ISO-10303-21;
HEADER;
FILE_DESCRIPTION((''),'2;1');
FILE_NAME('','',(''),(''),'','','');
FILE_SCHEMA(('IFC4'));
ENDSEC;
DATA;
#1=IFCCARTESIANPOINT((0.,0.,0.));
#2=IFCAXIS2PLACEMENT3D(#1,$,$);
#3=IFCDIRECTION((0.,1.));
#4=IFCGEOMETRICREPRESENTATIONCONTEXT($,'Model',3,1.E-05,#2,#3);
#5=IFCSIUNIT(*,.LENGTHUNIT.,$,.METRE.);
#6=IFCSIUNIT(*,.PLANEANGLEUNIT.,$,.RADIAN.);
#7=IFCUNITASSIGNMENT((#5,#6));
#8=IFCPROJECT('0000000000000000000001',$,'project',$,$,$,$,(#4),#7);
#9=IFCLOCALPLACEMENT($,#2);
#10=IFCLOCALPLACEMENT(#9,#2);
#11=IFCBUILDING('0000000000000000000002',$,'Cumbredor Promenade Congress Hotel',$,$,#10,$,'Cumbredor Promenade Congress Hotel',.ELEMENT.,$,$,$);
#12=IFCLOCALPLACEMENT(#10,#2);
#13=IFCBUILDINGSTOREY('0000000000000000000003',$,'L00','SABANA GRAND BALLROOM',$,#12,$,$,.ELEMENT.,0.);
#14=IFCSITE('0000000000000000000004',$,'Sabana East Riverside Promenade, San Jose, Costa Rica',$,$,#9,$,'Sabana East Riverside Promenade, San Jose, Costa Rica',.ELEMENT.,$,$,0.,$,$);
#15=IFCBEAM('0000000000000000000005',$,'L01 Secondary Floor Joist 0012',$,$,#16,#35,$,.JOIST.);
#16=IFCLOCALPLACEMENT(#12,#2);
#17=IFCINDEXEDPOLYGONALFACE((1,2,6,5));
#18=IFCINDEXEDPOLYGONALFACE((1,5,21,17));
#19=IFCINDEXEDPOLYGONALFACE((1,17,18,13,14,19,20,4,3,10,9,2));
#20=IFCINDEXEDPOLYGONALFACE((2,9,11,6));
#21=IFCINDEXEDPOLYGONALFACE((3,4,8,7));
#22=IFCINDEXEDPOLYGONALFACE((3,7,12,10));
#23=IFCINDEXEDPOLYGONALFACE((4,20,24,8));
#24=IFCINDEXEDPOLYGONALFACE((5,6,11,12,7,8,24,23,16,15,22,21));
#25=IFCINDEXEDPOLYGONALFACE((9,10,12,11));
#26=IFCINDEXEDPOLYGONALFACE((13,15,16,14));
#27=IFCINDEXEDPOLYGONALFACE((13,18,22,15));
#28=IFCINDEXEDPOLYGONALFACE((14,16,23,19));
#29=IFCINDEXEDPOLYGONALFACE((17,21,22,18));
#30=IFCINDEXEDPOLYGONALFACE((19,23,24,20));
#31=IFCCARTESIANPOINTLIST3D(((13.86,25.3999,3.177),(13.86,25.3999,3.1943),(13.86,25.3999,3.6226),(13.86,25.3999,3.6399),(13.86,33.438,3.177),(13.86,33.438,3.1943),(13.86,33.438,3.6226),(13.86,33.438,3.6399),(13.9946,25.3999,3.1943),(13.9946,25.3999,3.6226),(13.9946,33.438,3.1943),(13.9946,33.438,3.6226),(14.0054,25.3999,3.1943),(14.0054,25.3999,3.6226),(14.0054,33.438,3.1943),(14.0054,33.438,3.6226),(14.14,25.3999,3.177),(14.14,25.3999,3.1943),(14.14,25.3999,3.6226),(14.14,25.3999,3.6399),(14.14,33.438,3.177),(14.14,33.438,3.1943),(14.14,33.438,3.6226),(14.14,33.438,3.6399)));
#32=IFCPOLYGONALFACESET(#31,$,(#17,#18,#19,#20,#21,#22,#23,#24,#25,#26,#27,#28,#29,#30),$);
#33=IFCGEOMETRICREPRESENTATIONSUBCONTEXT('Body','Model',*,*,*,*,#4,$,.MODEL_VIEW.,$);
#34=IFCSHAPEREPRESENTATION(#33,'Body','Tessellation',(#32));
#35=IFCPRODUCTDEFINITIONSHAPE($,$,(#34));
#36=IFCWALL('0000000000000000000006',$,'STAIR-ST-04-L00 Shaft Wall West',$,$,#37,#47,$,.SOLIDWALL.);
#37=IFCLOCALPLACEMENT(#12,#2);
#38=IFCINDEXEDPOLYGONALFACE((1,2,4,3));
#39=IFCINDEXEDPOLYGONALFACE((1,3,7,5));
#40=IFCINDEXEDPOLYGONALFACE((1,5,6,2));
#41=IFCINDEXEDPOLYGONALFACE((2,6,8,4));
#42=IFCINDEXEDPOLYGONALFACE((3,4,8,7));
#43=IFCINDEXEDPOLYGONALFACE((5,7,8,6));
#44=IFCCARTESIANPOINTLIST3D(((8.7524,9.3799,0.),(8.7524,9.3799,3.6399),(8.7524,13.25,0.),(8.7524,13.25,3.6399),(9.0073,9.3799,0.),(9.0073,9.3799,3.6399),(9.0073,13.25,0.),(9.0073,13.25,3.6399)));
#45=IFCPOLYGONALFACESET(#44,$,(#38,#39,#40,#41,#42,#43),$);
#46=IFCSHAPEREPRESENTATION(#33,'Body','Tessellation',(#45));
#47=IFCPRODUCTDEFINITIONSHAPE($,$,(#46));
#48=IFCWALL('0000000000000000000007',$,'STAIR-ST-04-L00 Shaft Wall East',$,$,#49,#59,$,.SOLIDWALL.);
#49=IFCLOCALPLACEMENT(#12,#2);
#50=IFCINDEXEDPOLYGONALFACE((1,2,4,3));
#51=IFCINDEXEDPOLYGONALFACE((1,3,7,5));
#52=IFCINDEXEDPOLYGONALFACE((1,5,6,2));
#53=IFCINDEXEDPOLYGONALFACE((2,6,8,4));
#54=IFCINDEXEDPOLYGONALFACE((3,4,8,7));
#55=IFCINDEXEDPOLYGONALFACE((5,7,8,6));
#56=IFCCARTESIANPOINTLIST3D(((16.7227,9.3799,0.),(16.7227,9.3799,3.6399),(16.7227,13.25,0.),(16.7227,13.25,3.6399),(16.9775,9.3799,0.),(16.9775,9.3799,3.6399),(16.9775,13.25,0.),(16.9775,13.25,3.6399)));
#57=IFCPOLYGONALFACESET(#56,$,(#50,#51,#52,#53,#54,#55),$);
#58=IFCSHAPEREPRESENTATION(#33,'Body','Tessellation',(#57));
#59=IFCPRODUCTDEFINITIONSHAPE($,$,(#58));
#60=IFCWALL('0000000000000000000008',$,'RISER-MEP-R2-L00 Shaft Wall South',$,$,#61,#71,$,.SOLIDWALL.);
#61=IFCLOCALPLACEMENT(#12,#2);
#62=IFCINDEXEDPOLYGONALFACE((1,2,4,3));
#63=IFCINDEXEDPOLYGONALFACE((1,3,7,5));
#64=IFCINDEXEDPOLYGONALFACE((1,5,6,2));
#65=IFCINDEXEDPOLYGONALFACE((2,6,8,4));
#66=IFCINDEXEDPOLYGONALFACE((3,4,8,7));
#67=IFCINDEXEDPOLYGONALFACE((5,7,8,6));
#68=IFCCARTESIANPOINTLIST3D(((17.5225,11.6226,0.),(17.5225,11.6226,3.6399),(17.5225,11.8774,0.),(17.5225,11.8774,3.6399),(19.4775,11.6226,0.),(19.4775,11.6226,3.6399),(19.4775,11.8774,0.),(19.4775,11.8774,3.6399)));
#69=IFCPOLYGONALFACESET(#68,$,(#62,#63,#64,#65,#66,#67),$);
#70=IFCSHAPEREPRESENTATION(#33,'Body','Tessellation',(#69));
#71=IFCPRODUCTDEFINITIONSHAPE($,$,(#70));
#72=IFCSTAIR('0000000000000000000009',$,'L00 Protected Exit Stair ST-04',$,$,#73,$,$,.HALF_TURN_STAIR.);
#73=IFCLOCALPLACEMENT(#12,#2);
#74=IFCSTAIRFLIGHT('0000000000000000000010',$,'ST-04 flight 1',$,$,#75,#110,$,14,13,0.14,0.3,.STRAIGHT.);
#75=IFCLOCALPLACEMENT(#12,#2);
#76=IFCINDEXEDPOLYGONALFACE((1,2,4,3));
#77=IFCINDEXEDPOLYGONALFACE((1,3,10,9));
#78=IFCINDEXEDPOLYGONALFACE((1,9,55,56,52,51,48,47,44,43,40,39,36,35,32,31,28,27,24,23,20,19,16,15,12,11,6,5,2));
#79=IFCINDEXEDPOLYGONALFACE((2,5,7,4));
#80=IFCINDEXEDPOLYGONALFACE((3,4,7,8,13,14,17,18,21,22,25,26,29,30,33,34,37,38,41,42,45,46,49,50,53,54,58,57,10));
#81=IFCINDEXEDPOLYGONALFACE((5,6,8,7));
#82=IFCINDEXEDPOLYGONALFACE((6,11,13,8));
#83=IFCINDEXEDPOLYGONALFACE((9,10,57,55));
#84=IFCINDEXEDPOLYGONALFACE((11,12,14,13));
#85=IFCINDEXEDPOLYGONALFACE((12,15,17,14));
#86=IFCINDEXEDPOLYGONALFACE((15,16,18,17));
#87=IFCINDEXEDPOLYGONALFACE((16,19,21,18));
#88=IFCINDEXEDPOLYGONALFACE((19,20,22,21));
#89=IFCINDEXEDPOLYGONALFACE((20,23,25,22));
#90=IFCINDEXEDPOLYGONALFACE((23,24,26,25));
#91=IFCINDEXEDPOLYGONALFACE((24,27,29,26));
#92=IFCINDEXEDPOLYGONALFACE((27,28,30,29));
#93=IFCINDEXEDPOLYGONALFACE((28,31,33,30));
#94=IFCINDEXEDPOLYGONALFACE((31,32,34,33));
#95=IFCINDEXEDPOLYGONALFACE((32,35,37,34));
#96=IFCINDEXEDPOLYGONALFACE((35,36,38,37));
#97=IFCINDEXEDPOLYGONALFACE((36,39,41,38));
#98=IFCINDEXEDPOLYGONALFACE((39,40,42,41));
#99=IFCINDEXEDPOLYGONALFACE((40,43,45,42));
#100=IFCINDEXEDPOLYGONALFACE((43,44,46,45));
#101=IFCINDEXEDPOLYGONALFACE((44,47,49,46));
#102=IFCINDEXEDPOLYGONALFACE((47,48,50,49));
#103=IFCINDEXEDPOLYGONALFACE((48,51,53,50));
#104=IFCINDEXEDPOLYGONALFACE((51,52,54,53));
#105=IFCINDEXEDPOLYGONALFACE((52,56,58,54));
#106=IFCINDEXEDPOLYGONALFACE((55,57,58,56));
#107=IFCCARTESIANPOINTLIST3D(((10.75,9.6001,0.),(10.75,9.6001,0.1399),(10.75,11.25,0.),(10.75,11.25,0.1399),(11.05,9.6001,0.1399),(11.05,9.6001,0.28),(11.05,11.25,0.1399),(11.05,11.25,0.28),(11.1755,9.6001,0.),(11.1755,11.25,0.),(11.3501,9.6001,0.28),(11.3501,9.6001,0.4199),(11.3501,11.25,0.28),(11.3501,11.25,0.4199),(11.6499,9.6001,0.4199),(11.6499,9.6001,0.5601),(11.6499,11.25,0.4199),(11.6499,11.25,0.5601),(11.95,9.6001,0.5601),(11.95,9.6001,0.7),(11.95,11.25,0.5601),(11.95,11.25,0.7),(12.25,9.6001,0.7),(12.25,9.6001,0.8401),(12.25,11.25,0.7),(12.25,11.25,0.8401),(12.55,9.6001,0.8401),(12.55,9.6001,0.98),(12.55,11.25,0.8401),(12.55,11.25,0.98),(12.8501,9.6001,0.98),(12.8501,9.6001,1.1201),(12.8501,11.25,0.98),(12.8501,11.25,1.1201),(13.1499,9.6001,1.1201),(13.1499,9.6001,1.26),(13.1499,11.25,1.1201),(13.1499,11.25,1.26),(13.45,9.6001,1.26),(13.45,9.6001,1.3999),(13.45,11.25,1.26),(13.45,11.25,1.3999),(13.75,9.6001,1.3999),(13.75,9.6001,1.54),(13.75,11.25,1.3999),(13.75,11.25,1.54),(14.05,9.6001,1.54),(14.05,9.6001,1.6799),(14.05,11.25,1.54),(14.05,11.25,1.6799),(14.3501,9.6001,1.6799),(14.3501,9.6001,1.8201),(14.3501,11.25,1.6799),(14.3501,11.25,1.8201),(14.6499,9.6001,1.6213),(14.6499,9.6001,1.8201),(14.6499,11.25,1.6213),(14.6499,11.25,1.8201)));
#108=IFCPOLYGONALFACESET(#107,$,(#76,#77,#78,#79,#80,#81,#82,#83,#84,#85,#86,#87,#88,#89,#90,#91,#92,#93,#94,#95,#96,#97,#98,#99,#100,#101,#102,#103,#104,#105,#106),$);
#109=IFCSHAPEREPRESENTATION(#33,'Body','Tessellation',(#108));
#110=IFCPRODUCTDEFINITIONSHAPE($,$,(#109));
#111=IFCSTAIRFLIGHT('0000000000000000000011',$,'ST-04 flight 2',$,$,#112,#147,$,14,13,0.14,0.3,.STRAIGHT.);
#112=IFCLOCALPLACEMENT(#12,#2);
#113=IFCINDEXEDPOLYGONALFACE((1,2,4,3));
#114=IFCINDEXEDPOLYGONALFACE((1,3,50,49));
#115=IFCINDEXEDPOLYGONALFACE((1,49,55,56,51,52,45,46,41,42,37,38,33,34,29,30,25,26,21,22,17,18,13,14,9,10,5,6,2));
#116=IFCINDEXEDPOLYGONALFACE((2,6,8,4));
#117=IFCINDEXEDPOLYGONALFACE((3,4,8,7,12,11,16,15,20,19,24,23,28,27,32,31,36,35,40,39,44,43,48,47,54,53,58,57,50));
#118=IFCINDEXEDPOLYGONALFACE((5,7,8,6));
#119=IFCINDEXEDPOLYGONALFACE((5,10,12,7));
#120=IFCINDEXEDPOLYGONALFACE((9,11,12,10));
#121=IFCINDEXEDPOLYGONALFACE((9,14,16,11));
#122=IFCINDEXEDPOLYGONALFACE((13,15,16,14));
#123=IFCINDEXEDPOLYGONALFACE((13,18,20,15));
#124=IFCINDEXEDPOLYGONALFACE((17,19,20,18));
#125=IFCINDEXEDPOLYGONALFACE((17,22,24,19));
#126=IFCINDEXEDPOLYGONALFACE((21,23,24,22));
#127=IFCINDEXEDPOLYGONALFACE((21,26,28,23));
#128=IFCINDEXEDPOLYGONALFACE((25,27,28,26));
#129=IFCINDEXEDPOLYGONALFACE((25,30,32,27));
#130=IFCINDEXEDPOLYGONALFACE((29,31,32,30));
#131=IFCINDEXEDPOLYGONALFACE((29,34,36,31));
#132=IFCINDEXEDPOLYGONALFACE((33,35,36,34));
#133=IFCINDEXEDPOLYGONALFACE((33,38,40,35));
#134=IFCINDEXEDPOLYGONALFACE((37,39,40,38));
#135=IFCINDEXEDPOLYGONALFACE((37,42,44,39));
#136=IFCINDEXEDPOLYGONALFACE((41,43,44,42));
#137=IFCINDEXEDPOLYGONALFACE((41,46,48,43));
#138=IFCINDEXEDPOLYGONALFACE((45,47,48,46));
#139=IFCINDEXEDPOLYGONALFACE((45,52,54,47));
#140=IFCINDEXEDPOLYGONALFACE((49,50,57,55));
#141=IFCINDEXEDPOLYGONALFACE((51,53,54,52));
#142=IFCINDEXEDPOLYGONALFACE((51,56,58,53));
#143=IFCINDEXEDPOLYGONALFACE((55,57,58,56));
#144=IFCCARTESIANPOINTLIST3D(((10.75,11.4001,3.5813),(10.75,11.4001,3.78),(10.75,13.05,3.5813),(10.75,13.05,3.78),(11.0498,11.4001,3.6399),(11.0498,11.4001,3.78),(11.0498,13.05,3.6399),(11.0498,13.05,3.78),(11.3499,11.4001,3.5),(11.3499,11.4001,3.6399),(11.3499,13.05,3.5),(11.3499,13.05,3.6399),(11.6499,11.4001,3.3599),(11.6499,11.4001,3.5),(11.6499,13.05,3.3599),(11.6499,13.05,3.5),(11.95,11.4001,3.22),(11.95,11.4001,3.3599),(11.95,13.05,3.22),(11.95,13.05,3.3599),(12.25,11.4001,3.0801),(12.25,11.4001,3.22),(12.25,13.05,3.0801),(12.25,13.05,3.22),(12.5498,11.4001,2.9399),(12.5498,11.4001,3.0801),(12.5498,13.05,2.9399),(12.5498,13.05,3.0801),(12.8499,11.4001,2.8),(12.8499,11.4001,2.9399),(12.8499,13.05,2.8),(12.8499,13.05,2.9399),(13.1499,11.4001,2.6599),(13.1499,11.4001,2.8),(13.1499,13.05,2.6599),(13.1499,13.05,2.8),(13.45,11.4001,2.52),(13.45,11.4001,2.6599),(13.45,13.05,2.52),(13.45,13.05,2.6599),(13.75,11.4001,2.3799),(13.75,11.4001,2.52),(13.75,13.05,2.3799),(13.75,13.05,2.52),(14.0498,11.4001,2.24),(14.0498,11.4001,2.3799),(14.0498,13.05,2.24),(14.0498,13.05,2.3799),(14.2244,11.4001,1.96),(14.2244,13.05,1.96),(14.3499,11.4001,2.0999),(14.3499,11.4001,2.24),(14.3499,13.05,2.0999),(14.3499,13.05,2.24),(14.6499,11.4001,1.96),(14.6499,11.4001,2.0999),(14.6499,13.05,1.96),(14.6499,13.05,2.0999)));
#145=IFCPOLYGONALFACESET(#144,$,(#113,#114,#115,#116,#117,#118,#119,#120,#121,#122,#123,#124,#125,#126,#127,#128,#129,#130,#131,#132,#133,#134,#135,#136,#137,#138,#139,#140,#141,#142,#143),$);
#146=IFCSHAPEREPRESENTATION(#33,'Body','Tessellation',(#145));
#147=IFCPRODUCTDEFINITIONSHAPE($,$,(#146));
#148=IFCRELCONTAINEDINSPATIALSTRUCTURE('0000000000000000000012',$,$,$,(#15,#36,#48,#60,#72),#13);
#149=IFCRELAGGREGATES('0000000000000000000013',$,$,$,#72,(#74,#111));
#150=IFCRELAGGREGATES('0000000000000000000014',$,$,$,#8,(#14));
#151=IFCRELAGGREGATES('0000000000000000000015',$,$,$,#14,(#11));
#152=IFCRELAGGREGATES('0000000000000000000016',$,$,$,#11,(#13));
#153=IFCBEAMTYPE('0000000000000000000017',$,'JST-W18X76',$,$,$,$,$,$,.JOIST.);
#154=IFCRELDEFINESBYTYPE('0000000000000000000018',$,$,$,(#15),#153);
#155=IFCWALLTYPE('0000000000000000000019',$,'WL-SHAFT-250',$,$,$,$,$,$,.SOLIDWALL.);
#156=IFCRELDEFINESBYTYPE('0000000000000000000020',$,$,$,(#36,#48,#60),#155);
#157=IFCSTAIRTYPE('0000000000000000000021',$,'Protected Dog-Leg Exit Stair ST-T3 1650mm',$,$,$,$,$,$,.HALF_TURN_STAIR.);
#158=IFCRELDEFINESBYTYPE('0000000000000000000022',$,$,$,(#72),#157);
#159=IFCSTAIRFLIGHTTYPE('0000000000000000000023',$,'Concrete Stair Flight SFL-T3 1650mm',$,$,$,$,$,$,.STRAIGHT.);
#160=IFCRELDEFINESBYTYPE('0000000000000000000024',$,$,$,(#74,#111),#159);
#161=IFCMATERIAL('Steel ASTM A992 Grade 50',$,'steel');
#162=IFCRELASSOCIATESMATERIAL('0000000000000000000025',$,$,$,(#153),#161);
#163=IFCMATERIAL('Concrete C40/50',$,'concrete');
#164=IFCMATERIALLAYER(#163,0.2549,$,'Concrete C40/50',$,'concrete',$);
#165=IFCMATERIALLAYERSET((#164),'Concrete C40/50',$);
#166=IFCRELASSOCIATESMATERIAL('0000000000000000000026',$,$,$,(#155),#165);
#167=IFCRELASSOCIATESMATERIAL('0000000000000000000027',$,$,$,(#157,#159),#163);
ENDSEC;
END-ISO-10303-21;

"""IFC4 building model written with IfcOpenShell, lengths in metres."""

from ifc_helpers import new_model, si_unit, direction, frame, frame_2d, origin, origin_2d, place, context, subcontext, project, spatial, polyline, rectangle, i_section, outline, extrude, material, layer, layer_set, material_profile, profile_set, type_object, element, aggregate, save


model = new_model("IFC4")

# Units and contexts
model_context = context("Model", 3, precision=1e-05, world=origin(), true_north=direction((0.0, 1.0)))
body_context = subcontext(model_context, "Body", "Model", "MODEL_VIEW")
ifc_project = project(units=[si_unit("LENGTHUNIT", "METRE"), si_unit("PLANEANGLEUNIT", "RADIAN")], contexts=[model_context])

# Site, building, storey
site_placement = place(None, origin())
site = spatial("IfcSite", under=ifc_project, at=site_placement, Name="Sabana East Riverside Promenade, San Jose, Costa Rica", LongName="Sabana East Riverside Promenade, San Jose, Costa Rica", CompositionType="ELEMENT", RefElevation=0.0)
building_placement = place(site_placement, origin())
building = spatial("IfcBuilding", under=site, at=building_placement, Name="Cumbredor Promenade Congress Hotel", LongName="Cumbredor Promenade Congress Hotel", CompositionType="ELEMENT")
storey_placement = place(building_placement, origin())
storey = spatial("IfcBuildingStorey", under=building, at=storey_placement, Name="L00", Description="SABANA GRAND BALLROOM", CompositionType="ELEMENT", Elevation=0.0)

# Beam
ifc_material_1 = material(Name="Concrete C40/50", Category="concrete")
ifc_material_2 = material(Name="Steel ASTM A992 Grade 50", Category="steel")
ifc_material_profile_1 = material_profile(ifc_material_2, i_section(OverallWidth=0.28, OverallDepth=0.4629, WebThickness=0.0107, FlangeThickness=0.0173, at=origin_2d()), Name="W18X76")
ifc_profile_set_1 = profile_set([ifc_material_profile_1], Name="Steel ASTM A992 Grade 50")
beam_type_1 = type_object("IfcBeamType", Name="JST-W18X76", PredefinedType="JOIST", material=ifc_profile_set_1)
for number, where, z_axis, x_axis, name in (
    (1, (14.0, 25.3999, 3.4084), (0.0, 1.0, 0.0), (-1.0, 0.0, 0.0), "L01 Secondary Floor Joist 0012"),
):
    element("IfcBeam", number, at=place(storey_placement, frame(where, z_axis=z_axis, x_axis=x_axis)), inside=storey, type_object=beam_type_1, Name=name, PredefinedType="JOIST", context=body_context, shape_type="SweptSolid", body=[
        extrude(i_section(OverallWidth=0.28, OverallDepth=0.4629, WebThickness=0.0107, FlangeThickness=0.0173, at=origin_2d()), origin(), (0.0, 0.0, 1.0), 8.0381),
    ])

# Walls
ifc_layer = layer(ifc_material_1, 0.2549, Name="Concrete C40/50", Category="concrete")
ifc_layer_set = layer_set([ifc_layer], Name="Concrete C40/50")
wall_type = type_object("IfcWallType", Name="WL-SHAFT-250", PredefinedType="SOLIDWALL", material=ifc_layer_set)
for number, where, z_axis, x_axis, name in (
    (2, (8.8799, 9.3799, 0.0), (0.0, 0.0, 1.0), (0.0, 1.0, 0.0), "STAIR-ST-04-L00 Shaft Wall West"),
    (3, (16.8501, 9.3799, 0.0), (0.0, 0.0, 1.0), (0.0, 1.0, 0.0), "STAIR-ST-04-L00 Shaft Wall East"),
):
    element("IfcWall", number, at=place(storey_placement, frame(where, z_axis=z_axis, x_axis=x_axis)), inside=storey, type_object=wall_type, Name=name, PredefinedType="SOLIDWALL", context=body_context, shape_type="SweptSolid", body=[
        extrude(rectangle(XDim=3.8701, YDim=0.2549, at=frame_2d((1.9351, 0.0))), origin(), (0.0, 0.0, 1.0), 3.6399),
    ])
wall_placement = place(storey_placement, frame((17.5225, 11.75, 0.0), z_axis=(0.0, 0.0, 1.0), x_axis=(1.0, 0.0, 0.0)))
element("IfcWall", 4, at=wall_placement, inside=storey, type_object=wall_type, Name="RISER-MEP-R2-L00 Shaft Wall South", PredefinedType="SOLIDWALL", context=body_context, shape_type="SweptSolid", body=[
    extrude(rectangle(XDim=1.9551, YDim=0.2549, at=frame_2d((0.9775, 0.0))), origin(), (0.0, 0.0, 1.0), 3.6399),
])

# Stair, stair flights
stair_type = type_object("IfcStairType", Name="Protected Dog-Leg Exit Stair ST-T3 1650mm", PredefinedType="HALF_TURN_STAIR", material=ifc_material_1)
stair_placement = place(storey_placement, origin())
stair = element("IfcStair", 5, at=stair_placement, inside=storey, type_object=stair_type, Name="L00 Protected Exit Stair ST-04", PredefinedType="HALF_TURN_STAIR")
stair_flight_type = type_object("IfcStairFlightType", Name="Concrete Stair Flight SFL-T3 1650mm", PredefinedType="STRAIGHT", material=ifc_material_1)
stair_flight_1_placement = place(storey_placement, frame((10.75, 10.425, 0.0), z_axis=(0.0, 0.0, 1.0), x_axis=(1.0, 0.0, 0.0)))
stair_flight_1 = element("IfcStairFlight", 6, at=stair_flight_1_placement, type_object=stair_flight_type, Name="ST-04 flight 1", NumberOfRisers=14, NumberOfTreads=13, PredefinedType="STRAIGHT", RiserHeight=0.14, TreadLength=0.3, context=body_context, shape_type="SweptSolid", body=[
    extrude(outline(polyline([(0.0, 0.0), (0.0, 0.1399), (0.3, 0.1399), (0.3, 0.28), (0.6001, 0.28), (0.6001, 0.4199), (0.8999, 0.4199), (0.8999, 0.5601), (1.2, 0.5601), (1.2, 0.7), (1.5, 0.7), (1.5, 0.8401), (1.8, 0.8401), (1.8, 0.98), (2.1001, 0.98), (2.1001, 1.1201), (2.3999, 1.1201), (2.3999, 1.26), (2.7, 1.26), (2.7, 1.3999), (3.0, 1.3999), (3.0, 1.54), (3.3, 1.54), (3.3, 1.6799), (3.6001, 1.6799), (3.6001, 1.8201), (3.8999, 1.8201), (3.8999, 1.96), (3.8999, 1.6213), (0.4255, 0.0), (0.0, 0.0)])), frame((0.0, 0.825, 0.0), z_axis=(0.0, -1.0, 0.0), x_axis=(1.0, 0.0, 0.0)), (0.0, 0.0, 1.0), 1.6499),
])
stair_flight_2_placement = place(storey_placement, frame((14.6499, 12.2251, 1.96), z_axis=(0.0, 0.0, 1.0), x_axis=(-1.0, 0.0, 0.0)))
stair_flight_2 = element("IfcStairFlight", 7, at=stair_flight_2_placement, type_object=stair_flight_type, Name="ST-04 flight 2", NumberOfRisers=14, NumberOfTreads=13, PredefinedType="STRAIGHT", RiserHeight=0.14, TreadLength=0.3, context=body_context, shape_type="SweptSolid", body=[
    extrude(outline(polyline([(0.0, 0.0), (0.0, 0.1399), (0.3, 0.1399), (0.3, 0.28), (0.6001, 0.28), (0.6001, 0.4199), (0.8999, 0.4199), (0.8999, 0.5601), (1.2, 0.5601), (1.2, 0.7), (1.5, 0.7), (1.5, 0.8401), (1.8, 0.8401), (1.8, 0.98), (2.1001, 0.98), (2.1001, 1.1201), (2.3999, 1.1201), (2.3999, 1.26), (2.7, 1.26), (2.7, 1.3999), (3.0, 1.3999), (3.0, 1.54), (3.3, 1.54), (3.3, 1.6799), (3.6001, 1.6799), (3.6001, 1.8201), (3.8999, 1.8201), (3.8999, 1.96), (3.8999, 1.6213), (0.4255, 0.0), (0.0, 0.0)])), frame((0.0, 0.825, 0.0), z_axis=(0.0, -1.0, 0.0), x_axis=(1.0, 0.0, 0.0)), (0.0, 0.0, 1.0), 1.6499),
])
aggregate(stair, [stair_flight_1, stair_flight_2])

save(model, "model.ifc")
